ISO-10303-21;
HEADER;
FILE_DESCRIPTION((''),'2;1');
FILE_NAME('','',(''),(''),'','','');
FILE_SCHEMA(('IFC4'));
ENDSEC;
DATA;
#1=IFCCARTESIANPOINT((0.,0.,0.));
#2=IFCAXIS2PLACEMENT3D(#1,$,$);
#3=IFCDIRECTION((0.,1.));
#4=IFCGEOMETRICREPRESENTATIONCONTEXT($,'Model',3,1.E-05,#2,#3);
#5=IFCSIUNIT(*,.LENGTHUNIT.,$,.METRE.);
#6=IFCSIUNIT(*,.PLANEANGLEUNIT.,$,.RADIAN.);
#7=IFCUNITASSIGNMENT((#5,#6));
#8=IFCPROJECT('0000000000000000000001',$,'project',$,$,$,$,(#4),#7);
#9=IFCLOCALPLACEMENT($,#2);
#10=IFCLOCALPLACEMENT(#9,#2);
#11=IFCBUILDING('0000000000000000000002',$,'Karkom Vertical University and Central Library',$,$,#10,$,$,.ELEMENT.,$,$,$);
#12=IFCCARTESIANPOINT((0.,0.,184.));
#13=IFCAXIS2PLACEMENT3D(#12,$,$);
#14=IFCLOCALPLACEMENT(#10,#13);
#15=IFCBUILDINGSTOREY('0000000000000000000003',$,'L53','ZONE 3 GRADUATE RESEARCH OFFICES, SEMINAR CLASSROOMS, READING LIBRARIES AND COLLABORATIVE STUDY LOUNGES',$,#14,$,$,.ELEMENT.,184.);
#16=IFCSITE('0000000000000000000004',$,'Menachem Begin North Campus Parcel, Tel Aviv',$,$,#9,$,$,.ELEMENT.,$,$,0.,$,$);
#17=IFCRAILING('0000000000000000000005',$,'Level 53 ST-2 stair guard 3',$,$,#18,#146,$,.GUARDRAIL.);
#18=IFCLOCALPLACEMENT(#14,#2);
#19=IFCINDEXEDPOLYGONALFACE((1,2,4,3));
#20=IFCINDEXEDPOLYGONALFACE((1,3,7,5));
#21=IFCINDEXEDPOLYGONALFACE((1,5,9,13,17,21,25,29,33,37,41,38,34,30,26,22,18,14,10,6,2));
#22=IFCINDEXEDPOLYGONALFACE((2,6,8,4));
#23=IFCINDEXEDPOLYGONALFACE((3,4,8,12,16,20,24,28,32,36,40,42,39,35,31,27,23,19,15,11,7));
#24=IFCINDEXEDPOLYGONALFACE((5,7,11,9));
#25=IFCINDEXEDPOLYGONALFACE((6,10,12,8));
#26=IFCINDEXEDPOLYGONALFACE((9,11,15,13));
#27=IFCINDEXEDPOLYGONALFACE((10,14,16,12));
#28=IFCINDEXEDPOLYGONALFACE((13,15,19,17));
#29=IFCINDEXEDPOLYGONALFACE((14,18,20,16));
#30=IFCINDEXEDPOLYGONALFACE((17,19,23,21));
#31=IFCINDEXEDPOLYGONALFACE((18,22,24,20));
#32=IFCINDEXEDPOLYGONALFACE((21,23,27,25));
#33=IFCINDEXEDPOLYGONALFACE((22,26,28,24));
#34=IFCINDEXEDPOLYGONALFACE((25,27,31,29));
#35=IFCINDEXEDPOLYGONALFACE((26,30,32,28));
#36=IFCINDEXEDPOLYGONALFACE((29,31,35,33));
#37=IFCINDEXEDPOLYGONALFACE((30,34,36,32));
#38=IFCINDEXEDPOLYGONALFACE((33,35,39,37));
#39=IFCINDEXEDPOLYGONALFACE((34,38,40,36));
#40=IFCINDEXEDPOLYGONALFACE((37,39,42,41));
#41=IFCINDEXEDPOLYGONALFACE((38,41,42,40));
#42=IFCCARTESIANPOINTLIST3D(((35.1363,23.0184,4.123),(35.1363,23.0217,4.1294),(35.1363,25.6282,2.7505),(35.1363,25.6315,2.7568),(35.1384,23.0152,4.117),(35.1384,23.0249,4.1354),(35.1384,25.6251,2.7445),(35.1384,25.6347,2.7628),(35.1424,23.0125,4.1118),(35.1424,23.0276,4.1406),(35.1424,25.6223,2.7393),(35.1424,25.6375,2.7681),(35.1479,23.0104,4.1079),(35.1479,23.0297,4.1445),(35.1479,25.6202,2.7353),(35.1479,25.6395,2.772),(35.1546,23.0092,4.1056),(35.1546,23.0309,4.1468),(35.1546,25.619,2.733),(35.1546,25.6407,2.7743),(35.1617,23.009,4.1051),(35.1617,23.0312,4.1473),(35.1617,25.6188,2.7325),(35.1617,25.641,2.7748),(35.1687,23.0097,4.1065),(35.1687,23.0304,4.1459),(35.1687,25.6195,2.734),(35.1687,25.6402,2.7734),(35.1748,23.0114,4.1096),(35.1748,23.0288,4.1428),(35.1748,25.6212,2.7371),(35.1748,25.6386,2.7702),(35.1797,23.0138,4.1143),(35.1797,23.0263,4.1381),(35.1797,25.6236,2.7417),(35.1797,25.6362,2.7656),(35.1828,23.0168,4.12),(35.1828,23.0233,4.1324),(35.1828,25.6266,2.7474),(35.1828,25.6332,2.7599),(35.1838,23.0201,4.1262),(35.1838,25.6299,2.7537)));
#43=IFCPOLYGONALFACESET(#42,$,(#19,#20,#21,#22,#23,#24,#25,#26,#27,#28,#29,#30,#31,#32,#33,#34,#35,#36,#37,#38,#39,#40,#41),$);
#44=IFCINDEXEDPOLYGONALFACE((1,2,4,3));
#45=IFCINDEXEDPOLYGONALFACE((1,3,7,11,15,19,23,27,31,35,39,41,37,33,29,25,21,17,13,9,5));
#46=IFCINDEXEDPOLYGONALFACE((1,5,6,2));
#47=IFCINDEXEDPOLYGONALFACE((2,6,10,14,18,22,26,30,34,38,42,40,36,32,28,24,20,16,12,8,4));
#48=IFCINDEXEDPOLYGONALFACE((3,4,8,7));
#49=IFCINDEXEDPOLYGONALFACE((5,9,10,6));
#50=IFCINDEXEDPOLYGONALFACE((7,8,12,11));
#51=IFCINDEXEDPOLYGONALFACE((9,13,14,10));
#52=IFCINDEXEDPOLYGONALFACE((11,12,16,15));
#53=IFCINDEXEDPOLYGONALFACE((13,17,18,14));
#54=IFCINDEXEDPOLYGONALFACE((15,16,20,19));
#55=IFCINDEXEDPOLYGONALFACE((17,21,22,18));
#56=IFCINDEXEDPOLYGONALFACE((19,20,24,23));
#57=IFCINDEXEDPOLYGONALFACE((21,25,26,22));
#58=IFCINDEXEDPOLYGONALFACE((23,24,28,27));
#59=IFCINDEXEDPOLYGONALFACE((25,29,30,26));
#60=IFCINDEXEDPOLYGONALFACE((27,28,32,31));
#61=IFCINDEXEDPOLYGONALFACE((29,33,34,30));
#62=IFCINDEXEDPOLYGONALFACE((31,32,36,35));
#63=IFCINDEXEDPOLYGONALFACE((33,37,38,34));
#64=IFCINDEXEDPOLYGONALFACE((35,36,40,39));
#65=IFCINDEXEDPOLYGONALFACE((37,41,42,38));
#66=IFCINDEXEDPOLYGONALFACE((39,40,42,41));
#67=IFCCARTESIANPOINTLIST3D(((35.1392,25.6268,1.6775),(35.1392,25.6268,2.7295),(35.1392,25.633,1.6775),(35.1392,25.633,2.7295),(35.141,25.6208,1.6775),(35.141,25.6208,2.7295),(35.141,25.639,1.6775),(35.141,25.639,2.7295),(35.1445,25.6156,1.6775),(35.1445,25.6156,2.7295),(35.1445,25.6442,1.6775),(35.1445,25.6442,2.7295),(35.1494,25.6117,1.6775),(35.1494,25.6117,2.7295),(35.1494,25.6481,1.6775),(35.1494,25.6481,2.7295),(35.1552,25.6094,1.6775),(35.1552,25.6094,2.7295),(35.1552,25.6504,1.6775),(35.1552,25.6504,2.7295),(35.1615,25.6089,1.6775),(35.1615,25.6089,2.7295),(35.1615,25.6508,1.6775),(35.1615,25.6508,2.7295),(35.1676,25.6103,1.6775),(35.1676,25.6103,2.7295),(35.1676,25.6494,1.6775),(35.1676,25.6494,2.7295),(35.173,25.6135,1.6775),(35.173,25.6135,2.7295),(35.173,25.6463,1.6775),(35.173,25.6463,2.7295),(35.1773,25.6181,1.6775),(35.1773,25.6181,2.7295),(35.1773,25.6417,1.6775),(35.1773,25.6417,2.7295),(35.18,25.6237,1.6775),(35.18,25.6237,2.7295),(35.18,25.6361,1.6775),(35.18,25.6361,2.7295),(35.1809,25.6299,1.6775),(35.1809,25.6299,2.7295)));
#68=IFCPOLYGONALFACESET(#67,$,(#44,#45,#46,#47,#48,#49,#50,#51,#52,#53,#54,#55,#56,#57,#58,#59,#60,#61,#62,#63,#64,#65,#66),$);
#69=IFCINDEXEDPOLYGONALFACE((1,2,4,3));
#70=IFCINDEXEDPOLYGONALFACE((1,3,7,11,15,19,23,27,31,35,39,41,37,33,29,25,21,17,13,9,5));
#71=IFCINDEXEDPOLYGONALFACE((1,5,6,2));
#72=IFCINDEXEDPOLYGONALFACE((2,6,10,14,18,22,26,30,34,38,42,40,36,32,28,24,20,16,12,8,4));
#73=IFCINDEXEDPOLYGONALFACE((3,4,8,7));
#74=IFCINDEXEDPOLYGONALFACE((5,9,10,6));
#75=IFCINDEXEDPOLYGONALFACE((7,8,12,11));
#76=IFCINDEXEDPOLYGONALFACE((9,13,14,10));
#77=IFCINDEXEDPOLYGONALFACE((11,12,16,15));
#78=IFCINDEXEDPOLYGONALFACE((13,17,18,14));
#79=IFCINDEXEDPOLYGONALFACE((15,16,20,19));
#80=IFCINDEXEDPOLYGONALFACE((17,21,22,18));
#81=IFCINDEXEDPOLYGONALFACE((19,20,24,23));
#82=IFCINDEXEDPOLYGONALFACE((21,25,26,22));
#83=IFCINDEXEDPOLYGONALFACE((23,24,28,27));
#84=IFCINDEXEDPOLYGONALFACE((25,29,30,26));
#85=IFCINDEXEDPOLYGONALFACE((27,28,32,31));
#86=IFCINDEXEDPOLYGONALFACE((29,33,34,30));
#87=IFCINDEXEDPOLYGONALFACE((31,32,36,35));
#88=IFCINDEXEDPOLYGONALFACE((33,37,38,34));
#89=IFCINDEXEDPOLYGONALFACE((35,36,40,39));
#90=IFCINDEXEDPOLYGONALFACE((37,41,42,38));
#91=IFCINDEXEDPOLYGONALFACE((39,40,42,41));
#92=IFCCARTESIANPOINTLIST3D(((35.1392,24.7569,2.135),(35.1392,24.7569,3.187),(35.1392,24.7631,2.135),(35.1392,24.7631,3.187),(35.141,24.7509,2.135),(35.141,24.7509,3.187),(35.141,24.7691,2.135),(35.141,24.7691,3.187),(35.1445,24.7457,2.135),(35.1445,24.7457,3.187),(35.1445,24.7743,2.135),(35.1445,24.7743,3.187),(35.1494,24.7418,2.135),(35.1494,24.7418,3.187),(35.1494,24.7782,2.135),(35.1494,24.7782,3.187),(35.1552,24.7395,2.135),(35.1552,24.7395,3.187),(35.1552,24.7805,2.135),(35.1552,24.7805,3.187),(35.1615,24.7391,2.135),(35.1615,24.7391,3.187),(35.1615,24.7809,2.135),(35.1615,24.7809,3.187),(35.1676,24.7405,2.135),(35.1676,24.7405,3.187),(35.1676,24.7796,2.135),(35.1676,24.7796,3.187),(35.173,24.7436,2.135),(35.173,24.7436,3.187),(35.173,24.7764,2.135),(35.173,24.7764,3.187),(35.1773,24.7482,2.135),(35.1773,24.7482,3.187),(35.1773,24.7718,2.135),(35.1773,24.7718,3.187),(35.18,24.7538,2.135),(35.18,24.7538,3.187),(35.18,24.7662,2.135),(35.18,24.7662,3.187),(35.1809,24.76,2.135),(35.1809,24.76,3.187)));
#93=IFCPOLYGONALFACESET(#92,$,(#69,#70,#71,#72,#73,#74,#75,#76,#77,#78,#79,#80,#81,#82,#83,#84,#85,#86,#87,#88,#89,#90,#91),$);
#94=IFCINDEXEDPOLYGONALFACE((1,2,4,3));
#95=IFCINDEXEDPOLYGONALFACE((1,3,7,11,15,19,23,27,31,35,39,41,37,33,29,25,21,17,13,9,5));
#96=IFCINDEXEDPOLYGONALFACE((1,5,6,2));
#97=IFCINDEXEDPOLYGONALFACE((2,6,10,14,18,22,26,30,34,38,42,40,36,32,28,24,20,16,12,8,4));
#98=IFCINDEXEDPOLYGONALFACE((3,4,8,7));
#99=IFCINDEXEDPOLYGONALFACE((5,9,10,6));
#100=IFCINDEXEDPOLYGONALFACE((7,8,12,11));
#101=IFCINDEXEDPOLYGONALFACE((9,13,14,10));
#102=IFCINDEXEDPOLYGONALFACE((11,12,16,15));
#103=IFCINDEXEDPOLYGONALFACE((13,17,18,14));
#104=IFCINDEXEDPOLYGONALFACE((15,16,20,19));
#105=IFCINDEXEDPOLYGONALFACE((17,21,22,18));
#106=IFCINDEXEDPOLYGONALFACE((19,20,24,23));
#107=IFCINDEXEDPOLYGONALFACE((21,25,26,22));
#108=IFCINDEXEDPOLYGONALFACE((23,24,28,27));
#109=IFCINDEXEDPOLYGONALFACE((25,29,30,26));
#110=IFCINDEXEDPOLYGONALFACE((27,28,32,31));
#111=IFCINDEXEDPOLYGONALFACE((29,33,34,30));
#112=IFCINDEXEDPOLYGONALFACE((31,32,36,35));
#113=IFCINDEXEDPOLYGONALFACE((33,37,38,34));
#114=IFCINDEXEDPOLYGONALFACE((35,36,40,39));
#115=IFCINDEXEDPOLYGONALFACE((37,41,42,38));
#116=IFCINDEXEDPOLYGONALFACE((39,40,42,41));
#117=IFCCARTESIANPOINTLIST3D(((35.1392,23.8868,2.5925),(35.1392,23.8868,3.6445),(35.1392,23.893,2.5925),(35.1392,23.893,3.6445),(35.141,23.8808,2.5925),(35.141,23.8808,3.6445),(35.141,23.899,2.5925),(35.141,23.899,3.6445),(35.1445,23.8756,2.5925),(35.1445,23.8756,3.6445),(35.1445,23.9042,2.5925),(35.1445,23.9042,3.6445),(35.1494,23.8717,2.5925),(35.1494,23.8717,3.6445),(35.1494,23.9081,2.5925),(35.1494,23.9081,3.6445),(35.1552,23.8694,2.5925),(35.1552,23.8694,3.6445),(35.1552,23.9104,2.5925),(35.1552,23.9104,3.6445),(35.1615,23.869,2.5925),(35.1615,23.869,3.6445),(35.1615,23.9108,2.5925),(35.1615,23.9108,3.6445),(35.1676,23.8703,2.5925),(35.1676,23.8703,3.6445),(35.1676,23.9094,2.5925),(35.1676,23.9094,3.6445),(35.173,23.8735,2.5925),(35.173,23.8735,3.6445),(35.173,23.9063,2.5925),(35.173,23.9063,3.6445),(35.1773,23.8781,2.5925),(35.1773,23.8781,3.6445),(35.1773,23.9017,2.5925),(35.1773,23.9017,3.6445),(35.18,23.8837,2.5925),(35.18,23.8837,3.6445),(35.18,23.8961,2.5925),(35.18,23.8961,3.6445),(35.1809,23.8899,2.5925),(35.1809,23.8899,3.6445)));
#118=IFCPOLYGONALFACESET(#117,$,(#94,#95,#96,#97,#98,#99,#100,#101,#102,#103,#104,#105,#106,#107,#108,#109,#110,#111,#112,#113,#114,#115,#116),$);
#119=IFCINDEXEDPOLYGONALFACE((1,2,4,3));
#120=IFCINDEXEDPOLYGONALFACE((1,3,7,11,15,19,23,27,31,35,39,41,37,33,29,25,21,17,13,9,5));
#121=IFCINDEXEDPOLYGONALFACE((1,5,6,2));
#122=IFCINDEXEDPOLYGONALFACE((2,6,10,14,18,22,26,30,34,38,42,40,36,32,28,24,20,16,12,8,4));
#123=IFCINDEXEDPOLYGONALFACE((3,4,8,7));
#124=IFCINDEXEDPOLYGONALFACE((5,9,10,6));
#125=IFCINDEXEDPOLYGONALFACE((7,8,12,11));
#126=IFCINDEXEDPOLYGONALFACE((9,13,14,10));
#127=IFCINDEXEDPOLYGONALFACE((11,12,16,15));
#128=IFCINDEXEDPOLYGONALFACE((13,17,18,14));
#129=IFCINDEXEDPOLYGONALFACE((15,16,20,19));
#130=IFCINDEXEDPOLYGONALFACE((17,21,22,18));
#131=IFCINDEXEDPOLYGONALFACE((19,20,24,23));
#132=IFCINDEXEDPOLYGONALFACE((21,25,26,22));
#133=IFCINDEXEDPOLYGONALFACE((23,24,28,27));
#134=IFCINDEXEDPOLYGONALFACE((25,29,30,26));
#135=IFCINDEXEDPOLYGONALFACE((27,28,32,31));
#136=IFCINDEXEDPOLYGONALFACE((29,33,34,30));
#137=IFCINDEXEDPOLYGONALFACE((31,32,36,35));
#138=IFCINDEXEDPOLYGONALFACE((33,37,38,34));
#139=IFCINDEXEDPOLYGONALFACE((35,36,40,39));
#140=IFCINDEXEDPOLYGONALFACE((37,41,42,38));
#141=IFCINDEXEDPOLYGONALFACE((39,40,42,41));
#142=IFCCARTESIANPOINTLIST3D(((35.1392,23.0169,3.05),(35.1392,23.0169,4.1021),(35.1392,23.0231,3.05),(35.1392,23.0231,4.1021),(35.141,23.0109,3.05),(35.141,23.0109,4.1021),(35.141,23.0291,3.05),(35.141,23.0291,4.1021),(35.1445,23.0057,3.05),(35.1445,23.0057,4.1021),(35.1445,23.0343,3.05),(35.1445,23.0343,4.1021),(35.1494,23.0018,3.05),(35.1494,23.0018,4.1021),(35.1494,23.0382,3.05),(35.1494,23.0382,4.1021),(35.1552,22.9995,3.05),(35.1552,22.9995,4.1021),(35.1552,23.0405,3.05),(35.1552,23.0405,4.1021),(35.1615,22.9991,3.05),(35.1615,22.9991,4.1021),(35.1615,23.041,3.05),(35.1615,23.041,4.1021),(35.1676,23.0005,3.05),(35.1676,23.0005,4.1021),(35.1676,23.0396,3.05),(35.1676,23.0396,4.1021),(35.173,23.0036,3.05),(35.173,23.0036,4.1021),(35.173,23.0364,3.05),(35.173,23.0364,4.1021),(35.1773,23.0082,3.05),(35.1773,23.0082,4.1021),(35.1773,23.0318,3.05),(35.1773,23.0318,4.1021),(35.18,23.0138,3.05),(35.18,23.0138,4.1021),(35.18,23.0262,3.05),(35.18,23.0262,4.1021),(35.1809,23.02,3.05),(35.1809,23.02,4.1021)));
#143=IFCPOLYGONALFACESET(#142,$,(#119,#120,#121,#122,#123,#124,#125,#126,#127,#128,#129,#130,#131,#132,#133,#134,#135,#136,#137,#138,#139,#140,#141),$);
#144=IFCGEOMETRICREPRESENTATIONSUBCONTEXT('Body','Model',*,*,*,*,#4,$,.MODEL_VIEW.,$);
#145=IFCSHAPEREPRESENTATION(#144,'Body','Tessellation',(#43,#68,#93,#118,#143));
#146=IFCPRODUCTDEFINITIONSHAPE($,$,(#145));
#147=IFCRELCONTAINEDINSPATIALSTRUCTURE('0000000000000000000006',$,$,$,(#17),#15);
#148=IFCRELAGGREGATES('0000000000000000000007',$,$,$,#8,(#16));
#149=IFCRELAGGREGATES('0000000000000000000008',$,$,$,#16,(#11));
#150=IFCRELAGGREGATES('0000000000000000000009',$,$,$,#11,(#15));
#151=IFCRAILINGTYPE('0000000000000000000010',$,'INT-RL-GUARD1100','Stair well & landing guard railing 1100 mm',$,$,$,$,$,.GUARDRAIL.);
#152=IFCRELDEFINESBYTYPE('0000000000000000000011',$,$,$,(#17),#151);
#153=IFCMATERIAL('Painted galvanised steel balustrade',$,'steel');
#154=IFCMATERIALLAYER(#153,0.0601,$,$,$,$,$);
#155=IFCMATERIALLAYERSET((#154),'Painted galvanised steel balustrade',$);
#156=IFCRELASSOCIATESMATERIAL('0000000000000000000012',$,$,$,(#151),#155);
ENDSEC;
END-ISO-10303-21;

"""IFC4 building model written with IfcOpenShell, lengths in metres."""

from ifc_helpers import new_model, si_unit, direction, frame, origin, origin_2d, place, context, subcontext, project, spatial, circle, extrude, material, layer, layer_set, type_object, element, save


model = new_model("IFC4")

# Units and contexts
model_context = context("Model", 3, precision=1e-05, world=origin(), true_north=direction((0.0, 1.0)))
body_context = subcontext(model_context, "Body", "Model", "MODEL_VIEW")
ifc_project = project(units=[si_unit("LENGTHUNIT", "METRE"), si_unit("PLANEANGLEUNIT", "RADIAN")], contexts=[model_context])

# Site, building, storey
site_placement = place(None, origin())
site = spatial("IfcSite", under=ifc_project, at=site_placement, Name="Menachem Begin North Campus Parcel, Tel Aviv", CompositionType="ELEMENT", RefElevation=0.0)
building_placement = place(site_placement, origin())
building = spatial("IfcBuilding", under=site, at=building_placement, Name="Karkom Vertical University and Central Library", CompositionType="ELEMENT")
storey_placement = place(building_placement, frame((0.0, 0.0, 184.0)))
storey = spatial("IfcBuildingStorey", under=building, at=storey_placement, Name="L53", Description="ZONE 3 GRADUATE RESEARCH OFFICES, SEMINAR CLASSROOMS, READING LIBRARIES AND COLLABORATIVE STUDY LOUNGES", CompositionType="ELEMENT", Elevation=184.0)

# Railing
ifc_material_1 = material(Name="Painted galvanised steel balustrade", Category="steel")
ifc_layer_1 = layer(ifc_material_1, 0.0601)
ifc_layer_set_1 = layer_set([ifc_layer_1], Name="Painted galvanised steel balustrade")
railing_type_1 = type_object("IfcRailingType", Name="INT-RL-GUARD1100", Description="Stair well & landing guard railing 1100 mm", PredefinedType="GUARDRAIL", material=ifc_layer_set_1)
railing_1_placement = place(storey_placement, frame((35.1599, 25.6299, 1.6775)))
element("IfcRailing", 1, at=railing_1_placement, inside=storey, type_object=railing_type_1, Name="Level 53 ST-2 stair guard 3", PredefinedType="GUARDRAIL", context=body_context, shape_type="SweptSolid", body=[
    extrude(circle(Radius=0.0239, at=origin_2d()), frame((0.0, 0.0, 1.0762), z_axis=(0.0, -0.885065, 0.465467), x_axis=(1.0, 0.0, 0.0)), (0.0, 0.0, 1.0), 2.9487),
    extrude(circle(Radius=0.021, at=origin_2d()), origin(), (0.0, 0.0, 1.0), 1.052),
    extrude(circle(Radius=0.021, at=origin_2d()), frame((0.0, -0.8699, 0.4575)), (0.0, 0.0, 1.0), 1.052),
    extrude(circle(Radius=0.021, at=origin_2d()), frame((0.0, -1.74, 0.915)), (0.0, 0.0, 1.0), 1.052),
    extrude(circle(Radius=0.021, at=origin_2d()), frame((0.0, -2.6099, 1.3726)), (0.0, 0.0, 1.0), 1.052),
])

save(model, "model.ifc")
